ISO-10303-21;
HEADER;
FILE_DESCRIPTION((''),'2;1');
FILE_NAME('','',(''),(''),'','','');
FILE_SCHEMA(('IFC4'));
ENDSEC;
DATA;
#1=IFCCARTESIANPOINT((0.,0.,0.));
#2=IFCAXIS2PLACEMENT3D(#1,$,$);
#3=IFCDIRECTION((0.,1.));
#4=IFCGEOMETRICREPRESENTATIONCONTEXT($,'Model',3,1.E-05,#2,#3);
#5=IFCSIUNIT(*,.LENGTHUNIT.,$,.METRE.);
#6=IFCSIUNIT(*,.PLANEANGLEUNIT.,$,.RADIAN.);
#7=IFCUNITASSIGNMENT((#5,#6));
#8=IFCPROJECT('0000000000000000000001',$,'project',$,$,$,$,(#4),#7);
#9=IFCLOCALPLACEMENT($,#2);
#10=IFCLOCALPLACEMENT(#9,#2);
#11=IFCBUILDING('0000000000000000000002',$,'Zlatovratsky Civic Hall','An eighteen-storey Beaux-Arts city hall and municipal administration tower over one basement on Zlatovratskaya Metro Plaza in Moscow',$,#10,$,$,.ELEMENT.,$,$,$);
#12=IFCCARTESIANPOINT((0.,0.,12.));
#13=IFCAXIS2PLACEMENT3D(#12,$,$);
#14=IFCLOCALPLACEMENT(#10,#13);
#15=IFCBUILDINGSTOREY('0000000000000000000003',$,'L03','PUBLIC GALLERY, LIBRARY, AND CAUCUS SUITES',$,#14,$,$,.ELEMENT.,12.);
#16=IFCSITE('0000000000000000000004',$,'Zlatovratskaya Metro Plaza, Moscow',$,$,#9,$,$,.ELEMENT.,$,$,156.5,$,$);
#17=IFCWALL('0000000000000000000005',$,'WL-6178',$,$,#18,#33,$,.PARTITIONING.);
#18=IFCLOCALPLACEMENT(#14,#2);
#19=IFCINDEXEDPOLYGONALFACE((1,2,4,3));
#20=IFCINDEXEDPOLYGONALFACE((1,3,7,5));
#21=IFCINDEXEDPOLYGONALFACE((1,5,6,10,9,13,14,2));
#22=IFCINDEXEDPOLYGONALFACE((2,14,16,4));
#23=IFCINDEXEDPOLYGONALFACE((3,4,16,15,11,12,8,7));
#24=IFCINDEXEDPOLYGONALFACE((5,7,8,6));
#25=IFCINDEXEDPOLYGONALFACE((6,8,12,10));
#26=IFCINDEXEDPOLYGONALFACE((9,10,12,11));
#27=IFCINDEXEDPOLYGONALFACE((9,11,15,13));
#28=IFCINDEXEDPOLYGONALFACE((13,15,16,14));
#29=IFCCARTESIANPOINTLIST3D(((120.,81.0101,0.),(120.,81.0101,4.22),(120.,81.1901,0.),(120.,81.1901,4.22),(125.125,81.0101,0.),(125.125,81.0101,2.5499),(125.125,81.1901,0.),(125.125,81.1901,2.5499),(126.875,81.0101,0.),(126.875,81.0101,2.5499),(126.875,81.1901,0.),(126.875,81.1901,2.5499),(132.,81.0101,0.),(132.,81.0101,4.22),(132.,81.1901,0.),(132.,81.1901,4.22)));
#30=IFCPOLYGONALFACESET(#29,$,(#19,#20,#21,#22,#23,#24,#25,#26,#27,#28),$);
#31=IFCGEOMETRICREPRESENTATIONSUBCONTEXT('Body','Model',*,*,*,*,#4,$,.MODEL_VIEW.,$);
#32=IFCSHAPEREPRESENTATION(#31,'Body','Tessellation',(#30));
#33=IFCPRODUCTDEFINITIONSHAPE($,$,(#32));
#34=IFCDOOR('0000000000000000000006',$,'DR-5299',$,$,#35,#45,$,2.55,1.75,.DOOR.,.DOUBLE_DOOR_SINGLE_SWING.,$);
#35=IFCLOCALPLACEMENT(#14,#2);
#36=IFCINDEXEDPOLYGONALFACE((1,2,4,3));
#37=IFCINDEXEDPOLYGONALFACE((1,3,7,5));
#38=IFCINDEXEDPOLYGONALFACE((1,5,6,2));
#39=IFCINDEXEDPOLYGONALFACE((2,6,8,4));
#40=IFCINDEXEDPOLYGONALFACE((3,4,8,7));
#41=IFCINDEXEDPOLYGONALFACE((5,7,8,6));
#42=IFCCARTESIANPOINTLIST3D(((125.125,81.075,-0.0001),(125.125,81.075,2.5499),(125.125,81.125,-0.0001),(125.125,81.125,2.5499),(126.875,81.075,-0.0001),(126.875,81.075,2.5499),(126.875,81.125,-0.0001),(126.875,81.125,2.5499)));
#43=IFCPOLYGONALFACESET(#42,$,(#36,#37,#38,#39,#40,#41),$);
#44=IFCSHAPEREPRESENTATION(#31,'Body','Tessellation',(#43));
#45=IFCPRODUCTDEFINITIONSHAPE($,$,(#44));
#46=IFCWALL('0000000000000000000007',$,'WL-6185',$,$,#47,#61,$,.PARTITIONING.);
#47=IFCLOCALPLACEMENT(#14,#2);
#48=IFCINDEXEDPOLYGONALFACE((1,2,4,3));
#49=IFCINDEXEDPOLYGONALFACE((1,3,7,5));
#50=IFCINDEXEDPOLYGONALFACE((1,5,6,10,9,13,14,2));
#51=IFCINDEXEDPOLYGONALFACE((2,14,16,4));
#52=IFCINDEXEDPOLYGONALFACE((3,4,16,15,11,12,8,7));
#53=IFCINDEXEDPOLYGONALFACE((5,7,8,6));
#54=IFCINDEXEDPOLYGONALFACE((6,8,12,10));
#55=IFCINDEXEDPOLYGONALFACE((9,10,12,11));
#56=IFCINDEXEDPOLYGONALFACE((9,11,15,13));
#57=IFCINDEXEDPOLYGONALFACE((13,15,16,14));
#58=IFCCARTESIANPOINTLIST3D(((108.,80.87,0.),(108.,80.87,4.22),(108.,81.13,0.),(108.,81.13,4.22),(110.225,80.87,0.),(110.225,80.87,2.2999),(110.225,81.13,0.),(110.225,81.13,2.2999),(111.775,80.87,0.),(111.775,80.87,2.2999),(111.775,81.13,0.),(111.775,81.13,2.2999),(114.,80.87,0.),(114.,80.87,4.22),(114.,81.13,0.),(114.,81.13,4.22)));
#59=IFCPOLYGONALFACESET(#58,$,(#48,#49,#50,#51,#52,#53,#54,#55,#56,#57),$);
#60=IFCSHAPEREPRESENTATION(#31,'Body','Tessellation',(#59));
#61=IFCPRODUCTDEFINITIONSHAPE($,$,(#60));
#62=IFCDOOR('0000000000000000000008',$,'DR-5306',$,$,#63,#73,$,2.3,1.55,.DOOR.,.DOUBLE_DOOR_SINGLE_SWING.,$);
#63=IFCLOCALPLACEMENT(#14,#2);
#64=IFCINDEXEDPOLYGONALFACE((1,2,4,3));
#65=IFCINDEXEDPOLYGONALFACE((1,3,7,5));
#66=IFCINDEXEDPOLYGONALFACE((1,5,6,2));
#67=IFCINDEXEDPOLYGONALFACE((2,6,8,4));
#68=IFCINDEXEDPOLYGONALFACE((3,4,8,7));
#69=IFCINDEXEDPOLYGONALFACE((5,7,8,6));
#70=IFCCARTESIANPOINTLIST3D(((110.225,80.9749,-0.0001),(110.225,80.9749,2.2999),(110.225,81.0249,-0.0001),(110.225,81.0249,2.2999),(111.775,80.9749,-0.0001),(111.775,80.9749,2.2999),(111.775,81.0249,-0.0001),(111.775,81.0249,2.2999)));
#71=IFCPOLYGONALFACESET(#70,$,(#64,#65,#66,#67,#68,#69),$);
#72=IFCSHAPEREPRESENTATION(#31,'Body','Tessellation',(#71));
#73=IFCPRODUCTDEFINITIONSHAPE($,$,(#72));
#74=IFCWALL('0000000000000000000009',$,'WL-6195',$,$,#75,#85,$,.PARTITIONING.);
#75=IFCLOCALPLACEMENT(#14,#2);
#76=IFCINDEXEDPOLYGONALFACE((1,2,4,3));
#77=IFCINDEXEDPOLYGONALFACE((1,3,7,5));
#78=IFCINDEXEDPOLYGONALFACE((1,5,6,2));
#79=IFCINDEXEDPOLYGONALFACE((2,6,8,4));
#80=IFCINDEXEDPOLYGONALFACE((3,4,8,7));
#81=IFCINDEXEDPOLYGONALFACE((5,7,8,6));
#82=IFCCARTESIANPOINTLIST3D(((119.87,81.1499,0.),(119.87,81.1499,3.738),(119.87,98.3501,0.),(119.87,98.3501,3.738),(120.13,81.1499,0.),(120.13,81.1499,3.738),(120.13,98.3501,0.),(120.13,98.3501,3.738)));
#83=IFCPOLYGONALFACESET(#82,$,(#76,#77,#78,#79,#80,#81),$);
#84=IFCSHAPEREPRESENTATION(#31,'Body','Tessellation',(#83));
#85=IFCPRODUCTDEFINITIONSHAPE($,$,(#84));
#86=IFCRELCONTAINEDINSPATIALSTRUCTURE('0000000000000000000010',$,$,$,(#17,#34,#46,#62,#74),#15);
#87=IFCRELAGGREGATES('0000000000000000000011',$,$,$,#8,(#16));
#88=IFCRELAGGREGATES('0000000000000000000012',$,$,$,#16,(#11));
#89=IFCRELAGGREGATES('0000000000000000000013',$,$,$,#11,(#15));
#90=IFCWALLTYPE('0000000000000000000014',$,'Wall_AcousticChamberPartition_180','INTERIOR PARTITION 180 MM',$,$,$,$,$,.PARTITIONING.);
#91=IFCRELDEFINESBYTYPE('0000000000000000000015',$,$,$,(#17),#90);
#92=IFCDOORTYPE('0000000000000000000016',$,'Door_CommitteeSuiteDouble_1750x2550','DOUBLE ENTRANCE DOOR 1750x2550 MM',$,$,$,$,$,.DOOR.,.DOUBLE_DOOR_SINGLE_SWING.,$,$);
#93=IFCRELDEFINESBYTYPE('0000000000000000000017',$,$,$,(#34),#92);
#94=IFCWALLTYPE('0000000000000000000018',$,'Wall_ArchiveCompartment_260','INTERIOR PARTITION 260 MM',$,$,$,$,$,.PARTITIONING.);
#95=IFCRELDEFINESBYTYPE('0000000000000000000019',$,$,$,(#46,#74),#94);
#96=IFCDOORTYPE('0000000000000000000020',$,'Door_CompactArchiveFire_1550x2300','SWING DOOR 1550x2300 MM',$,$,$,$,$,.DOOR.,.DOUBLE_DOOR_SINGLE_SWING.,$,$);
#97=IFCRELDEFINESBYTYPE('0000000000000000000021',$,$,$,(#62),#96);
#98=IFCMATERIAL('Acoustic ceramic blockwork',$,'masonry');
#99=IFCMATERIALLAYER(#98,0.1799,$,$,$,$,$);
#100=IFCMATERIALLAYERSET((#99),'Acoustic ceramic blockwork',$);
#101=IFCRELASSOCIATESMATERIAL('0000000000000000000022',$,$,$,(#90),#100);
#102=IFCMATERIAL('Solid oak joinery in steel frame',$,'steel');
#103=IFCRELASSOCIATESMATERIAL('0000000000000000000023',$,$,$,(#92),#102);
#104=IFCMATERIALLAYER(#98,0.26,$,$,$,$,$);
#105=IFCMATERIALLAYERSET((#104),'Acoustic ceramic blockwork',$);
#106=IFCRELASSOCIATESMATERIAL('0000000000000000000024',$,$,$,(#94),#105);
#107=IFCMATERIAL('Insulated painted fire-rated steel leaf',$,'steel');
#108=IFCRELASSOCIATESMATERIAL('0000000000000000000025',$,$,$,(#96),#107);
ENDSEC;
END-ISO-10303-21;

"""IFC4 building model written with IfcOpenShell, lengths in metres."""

from ifc_helpers import new_model, si_unit, direction, frame, frame_2d, origin, place, context, subcontext, project, spatial, rectangle, extrude, material, layer, layer_set, type_object, element, fill, save


model = new_model("IFC4")

# Units and contexts
model_context = context("Model", 3, precision=1e-05, world=origin(), true_north=direction((0.0, 1.0)))
body_context = subcontext(model_context, "Body", "Model", "MODEL_VIEW")
ifc_project = project(units=[si_unit("LENGTHUNIT", "METRE"), si_unit("PLANEANGLEUNIT", "RADIAN")], contexts=[model_context])

# Site, building, storey
site_placement = place(None, origin())
site = spatial("IfcSite", under=ifc_project, at=site_placement, Name="Zlatovratskaya Metro Plaza, Moscow", CompositionType="ELEMENT", RefElevation=156.5)
building_placement = place(site_placement, origin())
building = spatial("IfcBuilding", under=site, at=building_placement, Name="Zlatovratsky Civic Hall", Description="An eighteen-storey Beaux-Arts city hall and municipal administration tower over one basement on Zlatovratskaya Metro Plaza in Moscow", CompositionType="ELEMENT")
storey_placement = place(building_placement, frame((0.0, 0.0, 12.0)))
storey = spatial("IfcBuildingStorey", under=building, at=storey_placement, Name="L03", Description="PUBLIC GALLERY, LIBRARY, AND CAUCUS SUITES", CompositionType="ELEMENT", Elevation=12.0)

# Walls, openings, doors
ifc_material_1 = material(Name="Acoustic ceramic blockwork", Category="masonry")
ifc_layer_1 = layer(ifc_material_1, 0.1799)
ifc_layer_set_1 = layer_set([ifc_layer_1], Name="Acoustic ceramic blockwork")
wall_type_1 = type_object("IfcWallType", Name="Wall_AcousticChamberPartition_180", Description="INTERIOR PARTITION 180 MM", PredefinedType="PARTITIONING", material=ifc_layer_set_1)
wall_1_placement = place(storey_placement, frame((120.0, 81.1001, 0.0), z_axis=(0.0, 0.0, 1.0), x_axis=(1.0, 0.0, 0.0)))
wall_1 = element("IfcWall", 1, at=wall_1_placement, inside=storey, type_object=wall_type_1, Name="WL-6178", PredefinedType="PARTITIONING", context=body_context, shape_type="SweptSolid", body=[
    extrude(rectangle(XDim=12.0, YDim=0.1799, at=frame_2d((6.0, 0.0))), origin(), (0.0, 0.0, 1.0), 4.22),
])
opening_1_placement = place(wall_1_placement, frame((5.125, 0.0, 0.0)))
opening_1 = element("IfcOpeningElement", 2, at=opening_1_placement, cuts=wall_1, PredefinedType="OPENING", context=body_context, shape_type="SweptSolid", body=[
    extrude(rectangle(XDim=1.75, YDim=2.55, at=frame_2d((0.875, 1.2749))), frame((0.0, 0.105, 0.0), z_axis=(0.0, -1.0, 0.0), x_axis=(1.0, 0.0, 0.0)), (0.0, 0.0, 1.0), 0.2097),
])
ifc_material_2 = material(Name="Solid oak joinery in steel frame", Category="steel")
door_type_1 = type_object("IfcDoorType", Name="Door_CommitteeSuiteDouble_1750x2550", Description="DOUBLE ENTRANCE DOOR 1750x2550 MM", OperationType="DOUBLE_DOOR_SINGLE_SWING", PredefinedType="DOOR", material=ifc_material_2)
door_1_placement = place(opening_1_placement, origin())
door_1 = element("IfcDoor", 3, at=door_1_placement, inside=storey, type_object=door_type_1, Name="DR-5299", OperationType="DOUBLE_DOOR_SINGLE_SWING", OverallHeight=2.55, OverallWidth=1.75, PredefinedType="DOOR", context=body_context, shape_type="SweptSolid", body=[
    extrude(rectangle(XDim=1.75, YDim=2.55, at=frame_2d((0.875, 1.2749))), frame((0.0, 0.0249, 0.0), z_axis=(0.0, -1.0, 0.0), x_axis=(1.0, 0.0, 0.0)), (0.0, 0.0, 1.0), 0.05),
])
fill(opening_1, door_1)
ifc_layer_2 = layer(ifc_material_1, 0.26)
ifc_layer_set_2 = layer_set([ifc_layer_2], Name="Acoustic ceramic blockwork")
wall_type_2 = type_object("IfcWallType", Name="Wall_ArchiveCompartment_260", Description="INTERIOR PARTITION 260 MM", PredefinedType="PARTITIONING", material=ifc_layer_set_2)
wall_2_placement = place(storey_placement, frame((108.0, 81.0, 0.0), z_axis=(0.0, 0.0, 1.0), x_axis=(1.0, 0.0, 0.0)))
wall_2 = element("IfcWall", 4, at=wall_2_placement, inside=storey, type_object=wall_type_2, Name="WL-6185", PredefinedType="PARTITIONING", context=body_context, shape_type="SweptSolid", body=[
    extrude(rectangle(XDim=6.0, YDim=0.26, at=frame_2d((3.0, 0.0))), origin(), (0.0, 0.0, 1.0), 4.22),
])
opening_2_placement = place(wall_2_placement, frame((2.2251, 0.0, 0.0)))
opening_2 = element("IfcOpeningElement", 5, at=opening_2_placement, cuts=wall_2, PredefinedType="OPENING", context=body_context, shape_type="SweptSolid", body=[
    extrude(rectangle(XDim=1.55, YDim=2.3, at=frame_2d((0.7749, 1.1499))), frame((0.0, 0.145, 0.0), z_axis=(0.0, -1.0, 0.0), x_axis=(1.0, 0.0, 0.0)), (0.0, 0.0, 1.0), 0.2898),
])
ifc_material_3 = material(Name="Insulated painted fire-rated steel leaf", Category="steel")
door_type_2 = type_object("IfcDoorType", Name="Door_CompactArchiveFire_1550x2300", Description="SWING DOOR 1550x2300 MM", OperationType="DOUBLE_DOOR_SINGLE_SWING", PredefinedType="DOOR", material=ifc_material_3)
door_2_placement = place(opening_2_placement, origin())
door_2 = element("IfcDoor", 6, at=door_2_placement, inside=storey, type_object=door_type_2, Name="DR-5306", OperationType="DOUBLE_DOOR_SINGLE_SWING", OverallHeight=2.3, OverallWidth=1.55, PredefinedType="DOOR", context=body_context, shape_type="SweptSolid", body=[
    extrude(rectangle(XDim=1.55, YDim=2.3, at=frame_2d((0.7749, 1.1499))), frame((0.0, 0.0249, 0.0), z_axis=(0.0, -1.0, 0.0), x_axis=(1.0, 0.0, 0.0)), (0.0, 0.0, 1.0), 0.05),
])
fill(opening_2, door_2)

# Wall
wall_3_placement = place(storey_placement, frame((120.0, 81.1499, 0.0), z_axis=(0.0, 0.0, 1.0), x_axis=(0.0, 1.0, 0.0)))
element("IfcWall", 7, at=wall_3_placement, inside=storey, type_object=wall_type_2, Name="WL-6195", PredefinedType="PARTITIONING", context=body_context, shape_type="SweptSolid", body=[
    extrude(rectangle(XDim=17.2002, YDim=0.26, at=frame_2d((8.6001, 0.0))), origin(), (0.0, 0.0, 1.0), 3.738),
])

save(model, "model.ifc")
